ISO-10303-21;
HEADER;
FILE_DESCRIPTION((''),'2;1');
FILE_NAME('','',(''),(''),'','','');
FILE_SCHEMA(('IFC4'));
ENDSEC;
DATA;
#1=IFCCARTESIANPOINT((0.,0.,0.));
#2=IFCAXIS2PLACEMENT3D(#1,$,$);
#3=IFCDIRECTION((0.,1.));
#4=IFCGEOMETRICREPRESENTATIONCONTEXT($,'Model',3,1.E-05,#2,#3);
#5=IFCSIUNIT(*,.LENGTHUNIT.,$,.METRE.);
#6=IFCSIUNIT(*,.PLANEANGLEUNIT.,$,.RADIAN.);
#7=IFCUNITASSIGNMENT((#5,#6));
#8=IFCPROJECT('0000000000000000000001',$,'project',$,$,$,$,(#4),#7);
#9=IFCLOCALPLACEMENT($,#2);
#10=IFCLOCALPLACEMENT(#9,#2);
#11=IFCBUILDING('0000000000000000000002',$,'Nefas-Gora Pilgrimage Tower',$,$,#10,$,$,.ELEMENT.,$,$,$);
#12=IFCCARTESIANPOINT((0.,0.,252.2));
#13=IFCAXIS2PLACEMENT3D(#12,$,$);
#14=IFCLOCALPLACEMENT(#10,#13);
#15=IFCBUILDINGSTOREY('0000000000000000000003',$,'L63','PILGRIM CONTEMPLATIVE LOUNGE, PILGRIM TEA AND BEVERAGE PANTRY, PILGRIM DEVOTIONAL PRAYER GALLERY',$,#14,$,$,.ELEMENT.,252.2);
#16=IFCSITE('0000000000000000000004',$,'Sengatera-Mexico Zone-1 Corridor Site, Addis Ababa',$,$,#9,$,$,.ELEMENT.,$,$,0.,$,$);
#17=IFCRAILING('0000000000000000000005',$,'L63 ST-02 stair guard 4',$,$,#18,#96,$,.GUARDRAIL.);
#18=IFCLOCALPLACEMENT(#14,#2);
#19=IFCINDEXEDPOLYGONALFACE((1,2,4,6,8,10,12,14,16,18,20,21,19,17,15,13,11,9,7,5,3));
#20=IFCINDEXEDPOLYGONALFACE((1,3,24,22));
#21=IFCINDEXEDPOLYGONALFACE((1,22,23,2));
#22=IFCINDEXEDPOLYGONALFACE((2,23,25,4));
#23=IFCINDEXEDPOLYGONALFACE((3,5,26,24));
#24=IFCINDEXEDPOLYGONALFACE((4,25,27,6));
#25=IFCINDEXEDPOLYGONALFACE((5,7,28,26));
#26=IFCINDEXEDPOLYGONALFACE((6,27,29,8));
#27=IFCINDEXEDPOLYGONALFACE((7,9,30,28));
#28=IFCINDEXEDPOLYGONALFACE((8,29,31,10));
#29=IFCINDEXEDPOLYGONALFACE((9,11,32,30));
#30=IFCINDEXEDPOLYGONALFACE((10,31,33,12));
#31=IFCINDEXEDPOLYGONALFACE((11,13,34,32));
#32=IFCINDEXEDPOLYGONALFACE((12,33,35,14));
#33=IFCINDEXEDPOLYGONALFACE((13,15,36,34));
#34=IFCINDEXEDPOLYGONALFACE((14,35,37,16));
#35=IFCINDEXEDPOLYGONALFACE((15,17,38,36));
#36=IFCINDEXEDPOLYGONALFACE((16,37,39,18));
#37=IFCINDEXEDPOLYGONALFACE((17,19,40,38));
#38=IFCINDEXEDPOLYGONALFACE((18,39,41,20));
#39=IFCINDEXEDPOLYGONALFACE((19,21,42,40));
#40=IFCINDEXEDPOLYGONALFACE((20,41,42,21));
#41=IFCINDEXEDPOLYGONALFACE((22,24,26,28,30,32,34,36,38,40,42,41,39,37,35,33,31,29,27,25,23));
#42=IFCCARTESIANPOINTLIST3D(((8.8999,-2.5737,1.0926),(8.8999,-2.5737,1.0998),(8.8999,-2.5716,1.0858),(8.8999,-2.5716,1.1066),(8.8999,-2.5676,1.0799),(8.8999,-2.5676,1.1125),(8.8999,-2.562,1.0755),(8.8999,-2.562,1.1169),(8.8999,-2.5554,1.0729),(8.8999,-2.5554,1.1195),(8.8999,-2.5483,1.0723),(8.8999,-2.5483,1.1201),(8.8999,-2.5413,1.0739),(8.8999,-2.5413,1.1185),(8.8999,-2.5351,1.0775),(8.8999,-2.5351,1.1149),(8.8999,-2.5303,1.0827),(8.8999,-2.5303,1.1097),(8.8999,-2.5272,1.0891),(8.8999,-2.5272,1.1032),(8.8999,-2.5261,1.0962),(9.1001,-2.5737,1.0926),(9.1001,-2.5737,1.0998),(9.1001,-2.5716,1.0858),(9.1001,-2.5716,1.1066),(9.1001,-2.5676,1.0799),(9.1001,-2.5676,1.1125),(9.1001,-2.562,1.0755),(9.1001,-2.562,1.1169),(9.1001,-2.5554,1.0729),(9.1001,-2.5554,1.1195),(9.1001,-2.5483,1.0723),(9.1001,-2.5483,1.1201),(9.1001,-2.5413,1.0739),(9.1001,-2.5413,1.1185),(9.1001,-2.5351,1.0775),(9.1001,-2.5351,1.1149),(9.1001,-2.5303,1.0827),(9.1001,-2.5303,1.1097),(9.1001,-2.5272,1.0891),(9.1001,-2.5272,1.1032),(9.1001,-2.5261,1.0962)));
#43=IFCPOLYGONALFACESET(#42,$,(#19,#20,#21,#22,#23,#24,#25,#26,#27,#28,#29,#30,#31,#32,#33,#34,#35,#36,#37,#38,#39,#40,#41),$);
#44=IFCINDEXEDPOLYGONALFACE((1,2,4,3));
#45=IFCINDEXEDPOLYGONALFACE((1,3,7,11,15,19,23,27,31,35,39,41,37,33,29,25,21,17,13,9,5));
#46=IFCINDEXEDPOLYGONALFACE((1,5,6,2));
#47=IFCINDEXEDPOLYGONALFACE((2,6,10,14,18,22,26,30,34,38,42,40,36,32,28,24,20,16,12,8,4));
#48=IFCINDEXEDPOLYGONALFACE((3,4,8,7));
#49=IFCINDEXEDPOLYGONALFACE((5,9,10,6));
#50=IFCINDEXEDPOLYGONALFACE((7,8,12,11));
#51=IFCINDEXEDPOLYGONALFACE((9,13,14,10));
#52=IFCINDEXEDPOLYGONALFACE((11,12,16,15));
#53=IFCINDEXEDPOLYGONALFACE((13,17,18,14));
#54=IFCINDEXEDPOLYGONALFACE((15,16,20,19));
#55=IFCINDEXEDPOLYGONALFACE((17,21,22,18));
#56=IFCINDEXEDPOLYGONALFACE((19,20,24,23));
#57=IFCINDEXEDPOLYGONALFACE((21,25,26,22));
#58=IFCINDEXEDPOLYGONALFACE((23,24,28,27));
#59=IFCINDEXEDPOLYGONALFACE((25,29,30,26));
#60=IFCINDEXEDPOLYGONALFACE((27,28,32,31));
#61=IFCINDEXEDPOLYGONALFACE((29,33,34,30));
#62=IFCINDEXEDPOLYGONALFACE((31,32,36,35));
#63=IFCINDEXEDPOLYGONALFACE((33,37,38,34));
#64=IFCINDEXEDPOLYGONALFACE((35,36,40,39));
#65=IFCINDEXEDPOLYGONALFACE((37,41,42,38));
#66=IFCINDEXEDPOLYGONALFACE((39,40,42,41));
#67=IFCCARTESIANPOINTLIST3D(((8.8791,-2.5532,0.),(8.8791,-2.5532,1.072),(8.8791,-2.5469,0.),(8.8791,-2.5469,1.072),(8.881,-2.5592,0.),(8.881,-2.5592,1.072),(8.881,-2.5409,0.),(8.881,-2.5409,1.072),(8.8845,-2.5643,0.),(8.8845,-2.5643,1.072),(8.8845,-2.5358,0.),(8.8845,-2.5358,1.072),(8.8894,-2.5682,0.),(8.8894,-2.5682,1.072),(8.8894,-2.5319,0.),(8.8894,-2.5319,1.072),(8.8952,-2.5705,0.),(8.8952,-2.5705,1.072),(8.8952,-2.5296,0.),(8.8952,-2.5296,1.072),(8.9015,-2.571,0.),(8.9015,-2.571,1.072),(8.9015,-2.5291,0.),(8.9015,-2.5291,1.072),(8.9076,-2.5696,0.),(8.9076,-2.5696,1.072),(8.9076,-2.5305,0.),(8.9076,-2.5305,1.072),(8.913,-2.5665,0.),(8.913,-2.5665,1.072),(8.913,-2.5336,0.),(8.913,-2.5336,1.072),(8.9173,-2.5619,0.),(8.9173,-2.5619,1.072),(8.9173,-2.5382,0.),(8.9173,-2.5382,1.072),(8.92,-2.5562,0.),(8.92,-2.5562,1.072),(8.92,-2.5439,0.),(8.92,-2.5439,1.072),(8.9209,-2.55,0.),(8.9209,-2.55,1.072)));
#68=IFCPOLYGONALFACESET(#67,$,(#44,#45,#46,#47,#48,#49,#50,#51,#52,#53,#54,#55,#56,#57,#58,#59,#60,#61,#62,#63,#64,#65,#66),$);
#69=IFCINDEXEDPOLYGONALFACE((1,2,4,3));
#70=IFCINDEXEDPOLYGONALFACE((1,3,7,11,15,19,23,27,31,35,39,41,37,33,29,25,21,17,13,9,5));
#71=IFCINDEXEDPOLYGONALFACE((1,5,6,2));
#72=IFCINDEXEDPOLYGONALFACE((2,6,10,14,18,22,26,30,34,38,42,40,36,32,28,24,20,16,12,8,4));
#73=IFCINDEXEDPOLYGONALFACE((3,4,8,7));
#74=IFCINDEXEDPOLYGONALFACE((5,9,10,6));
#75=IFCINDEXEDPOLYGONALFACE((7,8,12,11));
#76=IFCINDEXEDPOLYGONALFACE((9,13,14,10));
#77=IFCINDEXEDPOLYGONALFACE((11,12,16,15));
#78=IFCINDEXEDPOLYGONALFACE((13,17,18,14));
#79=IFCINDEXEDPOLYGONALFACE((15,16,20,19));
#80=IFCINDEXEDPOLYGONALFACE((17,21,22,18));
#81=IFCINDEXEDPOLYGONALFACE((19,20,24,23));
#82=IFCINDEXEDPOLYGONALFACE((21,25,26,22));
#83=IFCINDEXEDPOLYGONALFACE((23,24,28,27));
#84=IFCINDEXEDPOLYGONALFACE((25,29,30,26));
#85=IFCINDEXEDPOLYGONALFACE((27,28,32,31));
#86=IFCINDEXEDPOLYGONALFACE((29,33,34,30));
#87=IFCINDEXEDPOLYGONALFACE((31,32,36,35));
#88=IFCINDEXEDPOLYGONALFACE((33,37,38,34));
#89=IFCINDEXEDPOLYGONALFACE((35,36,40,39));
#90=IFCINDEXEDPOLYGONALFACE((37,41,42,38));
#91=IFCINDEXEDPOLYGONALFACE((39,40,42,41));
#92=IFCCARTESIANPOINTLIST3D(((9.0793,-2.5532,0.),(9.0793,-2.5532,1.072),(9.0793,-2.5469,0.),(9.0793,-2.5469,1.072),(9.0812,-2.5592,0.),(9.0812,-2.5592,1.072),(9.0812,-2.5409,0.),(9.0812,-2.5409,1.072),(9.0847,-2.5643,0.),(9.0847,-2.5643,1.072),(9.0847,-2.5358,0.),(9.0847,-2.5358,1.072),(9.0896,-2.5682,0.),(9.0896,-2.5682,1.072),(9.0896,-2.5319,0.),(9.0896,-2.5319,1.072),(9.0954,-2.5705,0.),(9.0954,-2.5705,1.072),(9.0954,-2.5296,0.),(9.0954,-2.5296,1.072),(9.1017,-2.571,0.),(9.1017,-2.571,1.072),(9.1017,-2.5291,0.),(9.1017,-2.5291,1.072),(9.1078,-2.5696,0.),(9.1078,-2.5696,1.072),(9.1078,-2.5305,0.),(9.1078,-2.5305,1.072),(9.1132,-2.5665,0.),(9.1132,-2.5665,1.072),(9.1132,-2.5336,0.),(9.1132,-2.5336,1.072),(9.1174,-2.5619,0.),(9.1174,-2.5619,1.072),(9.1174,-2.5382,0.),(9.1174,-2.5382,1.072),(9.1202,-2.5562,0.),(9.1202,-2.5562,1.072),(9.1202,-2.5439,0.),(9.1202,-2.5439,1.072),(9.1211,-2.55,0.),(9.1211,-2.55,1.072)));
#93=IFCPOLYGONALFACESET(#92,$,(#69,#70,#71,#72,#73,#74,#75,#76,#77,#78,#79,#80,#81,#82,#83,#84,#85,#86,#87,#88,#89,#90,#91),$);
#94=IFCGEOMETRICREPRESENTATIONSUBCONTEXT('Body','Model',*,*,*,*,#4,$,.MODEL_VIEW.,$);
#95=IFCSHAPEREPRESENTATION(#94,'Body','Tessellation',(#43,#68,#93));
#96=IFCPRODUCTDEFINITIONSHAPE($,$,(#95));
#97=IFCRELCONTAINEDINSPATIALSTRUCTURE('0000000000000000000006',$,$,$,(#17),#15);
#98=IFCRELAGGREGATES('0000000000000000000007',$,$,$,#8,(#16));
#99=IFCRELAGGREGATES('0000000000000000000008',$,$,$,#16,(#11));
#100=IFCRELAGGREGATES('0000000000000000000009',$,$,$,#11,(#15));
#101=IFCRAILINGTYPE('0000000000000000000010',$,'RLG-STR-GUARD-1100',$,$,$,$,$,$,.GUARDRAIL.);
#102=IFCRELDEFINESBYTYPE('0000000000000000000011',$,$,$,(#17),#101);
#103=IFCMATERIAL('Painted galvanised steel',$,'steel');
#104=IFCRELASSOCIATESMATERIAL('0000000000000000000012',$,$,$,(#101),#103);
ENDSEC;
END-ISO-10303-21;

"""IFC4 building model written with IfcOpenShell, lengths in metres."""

from ifc_helpers import new_model, si_unit, direction, frame, origin, origin_2d, place, context, subcontext, project, spatial, circle, extrude, material, type_object, element, save


model = new_model("IFC4")

# Units and contexts
model_context = context("Model", 3, precision=1e-05, world=origin(), true_north=direction((0.0, 1.0)))
body_context = subcontext(model_context, "Body", "Model", "MODEL_VIEW")
ifc_project = project(units=[si_unit("LENGTHUNIT", "METRE"), si_unit("PLANEANGLEUNIT", "RADIAN")], contexts=[model_context])

# Site, building, storey
site_placement = place(None, origin())
site = spatial("IfcSite", under=ifc_project, at=site_placement, Name="Sengatera-Mexico Zone-1 Corridor Site, Addis Ababa", CompositionType="ELEMENT", RefElevation=0.0)
building_placement = place(site_placement, origin())
building = spatial("IfcBuilding", under=site, at=building_placement, Name="Nefas-Gora Pilgrimage Tower", CompositionType="ELEMENT")
storey_placement = place(building_placement, frame((0.0, 0.0, 252.2)))
storey = spatial("IfcBuildingStorey", under=building, at=storey_placement, Name="L63", Description="PILGRIM CONTEMPLATIVE LOUNGE, PILGRIM TEA AND BEVERAGE PANTRY, PILGRIM DEVOTIONAL PRAYER GALLERY", CompositionType="ELEMENT", Elevation=252.2)

# Railing
ifc_material_1 = material(Name="Painted galvanised steel", Category="steel")
railing_type_1 = type_object("IfcRailingType", Name="RLG-STR-GUARD-1100", PredefinedType="GUARDRAIL", material=ifc_material_1)
railing_1_placement = place(storey_placement, frame((8.8999, -2.55, 0.0)))
element("IfcRailing", 1, at=railing_1_placement, inside=storey, type_object=railing_type_1, Name="L63 ST-02 stair guard 4", PredefinedType="GUARDRAIL", context=body_context, shape_type="SweptSolid", body=[
    extrude(circle(Radius=0.0239, at=origin_2d()), frame((0.0, 0.0, 1.0962), z_axis=(1.0, 0.0, 0.0), x_axis=(0.0, 1.0, 0.0)), (0.0, 0.0, 1.0), 0.2002),
    extrude(circle(Radius=0.021, at=origin_2d()), origin(), (0.0, 0.0, 1.0), 1.072),
    extrude(circle(Radius=0.021, at=origin_2d()), frame((0.2002, 0.0, 0.0)), (0.0, 0.0, 1.0), 1.072),
])

save(model, "model.ifc")
